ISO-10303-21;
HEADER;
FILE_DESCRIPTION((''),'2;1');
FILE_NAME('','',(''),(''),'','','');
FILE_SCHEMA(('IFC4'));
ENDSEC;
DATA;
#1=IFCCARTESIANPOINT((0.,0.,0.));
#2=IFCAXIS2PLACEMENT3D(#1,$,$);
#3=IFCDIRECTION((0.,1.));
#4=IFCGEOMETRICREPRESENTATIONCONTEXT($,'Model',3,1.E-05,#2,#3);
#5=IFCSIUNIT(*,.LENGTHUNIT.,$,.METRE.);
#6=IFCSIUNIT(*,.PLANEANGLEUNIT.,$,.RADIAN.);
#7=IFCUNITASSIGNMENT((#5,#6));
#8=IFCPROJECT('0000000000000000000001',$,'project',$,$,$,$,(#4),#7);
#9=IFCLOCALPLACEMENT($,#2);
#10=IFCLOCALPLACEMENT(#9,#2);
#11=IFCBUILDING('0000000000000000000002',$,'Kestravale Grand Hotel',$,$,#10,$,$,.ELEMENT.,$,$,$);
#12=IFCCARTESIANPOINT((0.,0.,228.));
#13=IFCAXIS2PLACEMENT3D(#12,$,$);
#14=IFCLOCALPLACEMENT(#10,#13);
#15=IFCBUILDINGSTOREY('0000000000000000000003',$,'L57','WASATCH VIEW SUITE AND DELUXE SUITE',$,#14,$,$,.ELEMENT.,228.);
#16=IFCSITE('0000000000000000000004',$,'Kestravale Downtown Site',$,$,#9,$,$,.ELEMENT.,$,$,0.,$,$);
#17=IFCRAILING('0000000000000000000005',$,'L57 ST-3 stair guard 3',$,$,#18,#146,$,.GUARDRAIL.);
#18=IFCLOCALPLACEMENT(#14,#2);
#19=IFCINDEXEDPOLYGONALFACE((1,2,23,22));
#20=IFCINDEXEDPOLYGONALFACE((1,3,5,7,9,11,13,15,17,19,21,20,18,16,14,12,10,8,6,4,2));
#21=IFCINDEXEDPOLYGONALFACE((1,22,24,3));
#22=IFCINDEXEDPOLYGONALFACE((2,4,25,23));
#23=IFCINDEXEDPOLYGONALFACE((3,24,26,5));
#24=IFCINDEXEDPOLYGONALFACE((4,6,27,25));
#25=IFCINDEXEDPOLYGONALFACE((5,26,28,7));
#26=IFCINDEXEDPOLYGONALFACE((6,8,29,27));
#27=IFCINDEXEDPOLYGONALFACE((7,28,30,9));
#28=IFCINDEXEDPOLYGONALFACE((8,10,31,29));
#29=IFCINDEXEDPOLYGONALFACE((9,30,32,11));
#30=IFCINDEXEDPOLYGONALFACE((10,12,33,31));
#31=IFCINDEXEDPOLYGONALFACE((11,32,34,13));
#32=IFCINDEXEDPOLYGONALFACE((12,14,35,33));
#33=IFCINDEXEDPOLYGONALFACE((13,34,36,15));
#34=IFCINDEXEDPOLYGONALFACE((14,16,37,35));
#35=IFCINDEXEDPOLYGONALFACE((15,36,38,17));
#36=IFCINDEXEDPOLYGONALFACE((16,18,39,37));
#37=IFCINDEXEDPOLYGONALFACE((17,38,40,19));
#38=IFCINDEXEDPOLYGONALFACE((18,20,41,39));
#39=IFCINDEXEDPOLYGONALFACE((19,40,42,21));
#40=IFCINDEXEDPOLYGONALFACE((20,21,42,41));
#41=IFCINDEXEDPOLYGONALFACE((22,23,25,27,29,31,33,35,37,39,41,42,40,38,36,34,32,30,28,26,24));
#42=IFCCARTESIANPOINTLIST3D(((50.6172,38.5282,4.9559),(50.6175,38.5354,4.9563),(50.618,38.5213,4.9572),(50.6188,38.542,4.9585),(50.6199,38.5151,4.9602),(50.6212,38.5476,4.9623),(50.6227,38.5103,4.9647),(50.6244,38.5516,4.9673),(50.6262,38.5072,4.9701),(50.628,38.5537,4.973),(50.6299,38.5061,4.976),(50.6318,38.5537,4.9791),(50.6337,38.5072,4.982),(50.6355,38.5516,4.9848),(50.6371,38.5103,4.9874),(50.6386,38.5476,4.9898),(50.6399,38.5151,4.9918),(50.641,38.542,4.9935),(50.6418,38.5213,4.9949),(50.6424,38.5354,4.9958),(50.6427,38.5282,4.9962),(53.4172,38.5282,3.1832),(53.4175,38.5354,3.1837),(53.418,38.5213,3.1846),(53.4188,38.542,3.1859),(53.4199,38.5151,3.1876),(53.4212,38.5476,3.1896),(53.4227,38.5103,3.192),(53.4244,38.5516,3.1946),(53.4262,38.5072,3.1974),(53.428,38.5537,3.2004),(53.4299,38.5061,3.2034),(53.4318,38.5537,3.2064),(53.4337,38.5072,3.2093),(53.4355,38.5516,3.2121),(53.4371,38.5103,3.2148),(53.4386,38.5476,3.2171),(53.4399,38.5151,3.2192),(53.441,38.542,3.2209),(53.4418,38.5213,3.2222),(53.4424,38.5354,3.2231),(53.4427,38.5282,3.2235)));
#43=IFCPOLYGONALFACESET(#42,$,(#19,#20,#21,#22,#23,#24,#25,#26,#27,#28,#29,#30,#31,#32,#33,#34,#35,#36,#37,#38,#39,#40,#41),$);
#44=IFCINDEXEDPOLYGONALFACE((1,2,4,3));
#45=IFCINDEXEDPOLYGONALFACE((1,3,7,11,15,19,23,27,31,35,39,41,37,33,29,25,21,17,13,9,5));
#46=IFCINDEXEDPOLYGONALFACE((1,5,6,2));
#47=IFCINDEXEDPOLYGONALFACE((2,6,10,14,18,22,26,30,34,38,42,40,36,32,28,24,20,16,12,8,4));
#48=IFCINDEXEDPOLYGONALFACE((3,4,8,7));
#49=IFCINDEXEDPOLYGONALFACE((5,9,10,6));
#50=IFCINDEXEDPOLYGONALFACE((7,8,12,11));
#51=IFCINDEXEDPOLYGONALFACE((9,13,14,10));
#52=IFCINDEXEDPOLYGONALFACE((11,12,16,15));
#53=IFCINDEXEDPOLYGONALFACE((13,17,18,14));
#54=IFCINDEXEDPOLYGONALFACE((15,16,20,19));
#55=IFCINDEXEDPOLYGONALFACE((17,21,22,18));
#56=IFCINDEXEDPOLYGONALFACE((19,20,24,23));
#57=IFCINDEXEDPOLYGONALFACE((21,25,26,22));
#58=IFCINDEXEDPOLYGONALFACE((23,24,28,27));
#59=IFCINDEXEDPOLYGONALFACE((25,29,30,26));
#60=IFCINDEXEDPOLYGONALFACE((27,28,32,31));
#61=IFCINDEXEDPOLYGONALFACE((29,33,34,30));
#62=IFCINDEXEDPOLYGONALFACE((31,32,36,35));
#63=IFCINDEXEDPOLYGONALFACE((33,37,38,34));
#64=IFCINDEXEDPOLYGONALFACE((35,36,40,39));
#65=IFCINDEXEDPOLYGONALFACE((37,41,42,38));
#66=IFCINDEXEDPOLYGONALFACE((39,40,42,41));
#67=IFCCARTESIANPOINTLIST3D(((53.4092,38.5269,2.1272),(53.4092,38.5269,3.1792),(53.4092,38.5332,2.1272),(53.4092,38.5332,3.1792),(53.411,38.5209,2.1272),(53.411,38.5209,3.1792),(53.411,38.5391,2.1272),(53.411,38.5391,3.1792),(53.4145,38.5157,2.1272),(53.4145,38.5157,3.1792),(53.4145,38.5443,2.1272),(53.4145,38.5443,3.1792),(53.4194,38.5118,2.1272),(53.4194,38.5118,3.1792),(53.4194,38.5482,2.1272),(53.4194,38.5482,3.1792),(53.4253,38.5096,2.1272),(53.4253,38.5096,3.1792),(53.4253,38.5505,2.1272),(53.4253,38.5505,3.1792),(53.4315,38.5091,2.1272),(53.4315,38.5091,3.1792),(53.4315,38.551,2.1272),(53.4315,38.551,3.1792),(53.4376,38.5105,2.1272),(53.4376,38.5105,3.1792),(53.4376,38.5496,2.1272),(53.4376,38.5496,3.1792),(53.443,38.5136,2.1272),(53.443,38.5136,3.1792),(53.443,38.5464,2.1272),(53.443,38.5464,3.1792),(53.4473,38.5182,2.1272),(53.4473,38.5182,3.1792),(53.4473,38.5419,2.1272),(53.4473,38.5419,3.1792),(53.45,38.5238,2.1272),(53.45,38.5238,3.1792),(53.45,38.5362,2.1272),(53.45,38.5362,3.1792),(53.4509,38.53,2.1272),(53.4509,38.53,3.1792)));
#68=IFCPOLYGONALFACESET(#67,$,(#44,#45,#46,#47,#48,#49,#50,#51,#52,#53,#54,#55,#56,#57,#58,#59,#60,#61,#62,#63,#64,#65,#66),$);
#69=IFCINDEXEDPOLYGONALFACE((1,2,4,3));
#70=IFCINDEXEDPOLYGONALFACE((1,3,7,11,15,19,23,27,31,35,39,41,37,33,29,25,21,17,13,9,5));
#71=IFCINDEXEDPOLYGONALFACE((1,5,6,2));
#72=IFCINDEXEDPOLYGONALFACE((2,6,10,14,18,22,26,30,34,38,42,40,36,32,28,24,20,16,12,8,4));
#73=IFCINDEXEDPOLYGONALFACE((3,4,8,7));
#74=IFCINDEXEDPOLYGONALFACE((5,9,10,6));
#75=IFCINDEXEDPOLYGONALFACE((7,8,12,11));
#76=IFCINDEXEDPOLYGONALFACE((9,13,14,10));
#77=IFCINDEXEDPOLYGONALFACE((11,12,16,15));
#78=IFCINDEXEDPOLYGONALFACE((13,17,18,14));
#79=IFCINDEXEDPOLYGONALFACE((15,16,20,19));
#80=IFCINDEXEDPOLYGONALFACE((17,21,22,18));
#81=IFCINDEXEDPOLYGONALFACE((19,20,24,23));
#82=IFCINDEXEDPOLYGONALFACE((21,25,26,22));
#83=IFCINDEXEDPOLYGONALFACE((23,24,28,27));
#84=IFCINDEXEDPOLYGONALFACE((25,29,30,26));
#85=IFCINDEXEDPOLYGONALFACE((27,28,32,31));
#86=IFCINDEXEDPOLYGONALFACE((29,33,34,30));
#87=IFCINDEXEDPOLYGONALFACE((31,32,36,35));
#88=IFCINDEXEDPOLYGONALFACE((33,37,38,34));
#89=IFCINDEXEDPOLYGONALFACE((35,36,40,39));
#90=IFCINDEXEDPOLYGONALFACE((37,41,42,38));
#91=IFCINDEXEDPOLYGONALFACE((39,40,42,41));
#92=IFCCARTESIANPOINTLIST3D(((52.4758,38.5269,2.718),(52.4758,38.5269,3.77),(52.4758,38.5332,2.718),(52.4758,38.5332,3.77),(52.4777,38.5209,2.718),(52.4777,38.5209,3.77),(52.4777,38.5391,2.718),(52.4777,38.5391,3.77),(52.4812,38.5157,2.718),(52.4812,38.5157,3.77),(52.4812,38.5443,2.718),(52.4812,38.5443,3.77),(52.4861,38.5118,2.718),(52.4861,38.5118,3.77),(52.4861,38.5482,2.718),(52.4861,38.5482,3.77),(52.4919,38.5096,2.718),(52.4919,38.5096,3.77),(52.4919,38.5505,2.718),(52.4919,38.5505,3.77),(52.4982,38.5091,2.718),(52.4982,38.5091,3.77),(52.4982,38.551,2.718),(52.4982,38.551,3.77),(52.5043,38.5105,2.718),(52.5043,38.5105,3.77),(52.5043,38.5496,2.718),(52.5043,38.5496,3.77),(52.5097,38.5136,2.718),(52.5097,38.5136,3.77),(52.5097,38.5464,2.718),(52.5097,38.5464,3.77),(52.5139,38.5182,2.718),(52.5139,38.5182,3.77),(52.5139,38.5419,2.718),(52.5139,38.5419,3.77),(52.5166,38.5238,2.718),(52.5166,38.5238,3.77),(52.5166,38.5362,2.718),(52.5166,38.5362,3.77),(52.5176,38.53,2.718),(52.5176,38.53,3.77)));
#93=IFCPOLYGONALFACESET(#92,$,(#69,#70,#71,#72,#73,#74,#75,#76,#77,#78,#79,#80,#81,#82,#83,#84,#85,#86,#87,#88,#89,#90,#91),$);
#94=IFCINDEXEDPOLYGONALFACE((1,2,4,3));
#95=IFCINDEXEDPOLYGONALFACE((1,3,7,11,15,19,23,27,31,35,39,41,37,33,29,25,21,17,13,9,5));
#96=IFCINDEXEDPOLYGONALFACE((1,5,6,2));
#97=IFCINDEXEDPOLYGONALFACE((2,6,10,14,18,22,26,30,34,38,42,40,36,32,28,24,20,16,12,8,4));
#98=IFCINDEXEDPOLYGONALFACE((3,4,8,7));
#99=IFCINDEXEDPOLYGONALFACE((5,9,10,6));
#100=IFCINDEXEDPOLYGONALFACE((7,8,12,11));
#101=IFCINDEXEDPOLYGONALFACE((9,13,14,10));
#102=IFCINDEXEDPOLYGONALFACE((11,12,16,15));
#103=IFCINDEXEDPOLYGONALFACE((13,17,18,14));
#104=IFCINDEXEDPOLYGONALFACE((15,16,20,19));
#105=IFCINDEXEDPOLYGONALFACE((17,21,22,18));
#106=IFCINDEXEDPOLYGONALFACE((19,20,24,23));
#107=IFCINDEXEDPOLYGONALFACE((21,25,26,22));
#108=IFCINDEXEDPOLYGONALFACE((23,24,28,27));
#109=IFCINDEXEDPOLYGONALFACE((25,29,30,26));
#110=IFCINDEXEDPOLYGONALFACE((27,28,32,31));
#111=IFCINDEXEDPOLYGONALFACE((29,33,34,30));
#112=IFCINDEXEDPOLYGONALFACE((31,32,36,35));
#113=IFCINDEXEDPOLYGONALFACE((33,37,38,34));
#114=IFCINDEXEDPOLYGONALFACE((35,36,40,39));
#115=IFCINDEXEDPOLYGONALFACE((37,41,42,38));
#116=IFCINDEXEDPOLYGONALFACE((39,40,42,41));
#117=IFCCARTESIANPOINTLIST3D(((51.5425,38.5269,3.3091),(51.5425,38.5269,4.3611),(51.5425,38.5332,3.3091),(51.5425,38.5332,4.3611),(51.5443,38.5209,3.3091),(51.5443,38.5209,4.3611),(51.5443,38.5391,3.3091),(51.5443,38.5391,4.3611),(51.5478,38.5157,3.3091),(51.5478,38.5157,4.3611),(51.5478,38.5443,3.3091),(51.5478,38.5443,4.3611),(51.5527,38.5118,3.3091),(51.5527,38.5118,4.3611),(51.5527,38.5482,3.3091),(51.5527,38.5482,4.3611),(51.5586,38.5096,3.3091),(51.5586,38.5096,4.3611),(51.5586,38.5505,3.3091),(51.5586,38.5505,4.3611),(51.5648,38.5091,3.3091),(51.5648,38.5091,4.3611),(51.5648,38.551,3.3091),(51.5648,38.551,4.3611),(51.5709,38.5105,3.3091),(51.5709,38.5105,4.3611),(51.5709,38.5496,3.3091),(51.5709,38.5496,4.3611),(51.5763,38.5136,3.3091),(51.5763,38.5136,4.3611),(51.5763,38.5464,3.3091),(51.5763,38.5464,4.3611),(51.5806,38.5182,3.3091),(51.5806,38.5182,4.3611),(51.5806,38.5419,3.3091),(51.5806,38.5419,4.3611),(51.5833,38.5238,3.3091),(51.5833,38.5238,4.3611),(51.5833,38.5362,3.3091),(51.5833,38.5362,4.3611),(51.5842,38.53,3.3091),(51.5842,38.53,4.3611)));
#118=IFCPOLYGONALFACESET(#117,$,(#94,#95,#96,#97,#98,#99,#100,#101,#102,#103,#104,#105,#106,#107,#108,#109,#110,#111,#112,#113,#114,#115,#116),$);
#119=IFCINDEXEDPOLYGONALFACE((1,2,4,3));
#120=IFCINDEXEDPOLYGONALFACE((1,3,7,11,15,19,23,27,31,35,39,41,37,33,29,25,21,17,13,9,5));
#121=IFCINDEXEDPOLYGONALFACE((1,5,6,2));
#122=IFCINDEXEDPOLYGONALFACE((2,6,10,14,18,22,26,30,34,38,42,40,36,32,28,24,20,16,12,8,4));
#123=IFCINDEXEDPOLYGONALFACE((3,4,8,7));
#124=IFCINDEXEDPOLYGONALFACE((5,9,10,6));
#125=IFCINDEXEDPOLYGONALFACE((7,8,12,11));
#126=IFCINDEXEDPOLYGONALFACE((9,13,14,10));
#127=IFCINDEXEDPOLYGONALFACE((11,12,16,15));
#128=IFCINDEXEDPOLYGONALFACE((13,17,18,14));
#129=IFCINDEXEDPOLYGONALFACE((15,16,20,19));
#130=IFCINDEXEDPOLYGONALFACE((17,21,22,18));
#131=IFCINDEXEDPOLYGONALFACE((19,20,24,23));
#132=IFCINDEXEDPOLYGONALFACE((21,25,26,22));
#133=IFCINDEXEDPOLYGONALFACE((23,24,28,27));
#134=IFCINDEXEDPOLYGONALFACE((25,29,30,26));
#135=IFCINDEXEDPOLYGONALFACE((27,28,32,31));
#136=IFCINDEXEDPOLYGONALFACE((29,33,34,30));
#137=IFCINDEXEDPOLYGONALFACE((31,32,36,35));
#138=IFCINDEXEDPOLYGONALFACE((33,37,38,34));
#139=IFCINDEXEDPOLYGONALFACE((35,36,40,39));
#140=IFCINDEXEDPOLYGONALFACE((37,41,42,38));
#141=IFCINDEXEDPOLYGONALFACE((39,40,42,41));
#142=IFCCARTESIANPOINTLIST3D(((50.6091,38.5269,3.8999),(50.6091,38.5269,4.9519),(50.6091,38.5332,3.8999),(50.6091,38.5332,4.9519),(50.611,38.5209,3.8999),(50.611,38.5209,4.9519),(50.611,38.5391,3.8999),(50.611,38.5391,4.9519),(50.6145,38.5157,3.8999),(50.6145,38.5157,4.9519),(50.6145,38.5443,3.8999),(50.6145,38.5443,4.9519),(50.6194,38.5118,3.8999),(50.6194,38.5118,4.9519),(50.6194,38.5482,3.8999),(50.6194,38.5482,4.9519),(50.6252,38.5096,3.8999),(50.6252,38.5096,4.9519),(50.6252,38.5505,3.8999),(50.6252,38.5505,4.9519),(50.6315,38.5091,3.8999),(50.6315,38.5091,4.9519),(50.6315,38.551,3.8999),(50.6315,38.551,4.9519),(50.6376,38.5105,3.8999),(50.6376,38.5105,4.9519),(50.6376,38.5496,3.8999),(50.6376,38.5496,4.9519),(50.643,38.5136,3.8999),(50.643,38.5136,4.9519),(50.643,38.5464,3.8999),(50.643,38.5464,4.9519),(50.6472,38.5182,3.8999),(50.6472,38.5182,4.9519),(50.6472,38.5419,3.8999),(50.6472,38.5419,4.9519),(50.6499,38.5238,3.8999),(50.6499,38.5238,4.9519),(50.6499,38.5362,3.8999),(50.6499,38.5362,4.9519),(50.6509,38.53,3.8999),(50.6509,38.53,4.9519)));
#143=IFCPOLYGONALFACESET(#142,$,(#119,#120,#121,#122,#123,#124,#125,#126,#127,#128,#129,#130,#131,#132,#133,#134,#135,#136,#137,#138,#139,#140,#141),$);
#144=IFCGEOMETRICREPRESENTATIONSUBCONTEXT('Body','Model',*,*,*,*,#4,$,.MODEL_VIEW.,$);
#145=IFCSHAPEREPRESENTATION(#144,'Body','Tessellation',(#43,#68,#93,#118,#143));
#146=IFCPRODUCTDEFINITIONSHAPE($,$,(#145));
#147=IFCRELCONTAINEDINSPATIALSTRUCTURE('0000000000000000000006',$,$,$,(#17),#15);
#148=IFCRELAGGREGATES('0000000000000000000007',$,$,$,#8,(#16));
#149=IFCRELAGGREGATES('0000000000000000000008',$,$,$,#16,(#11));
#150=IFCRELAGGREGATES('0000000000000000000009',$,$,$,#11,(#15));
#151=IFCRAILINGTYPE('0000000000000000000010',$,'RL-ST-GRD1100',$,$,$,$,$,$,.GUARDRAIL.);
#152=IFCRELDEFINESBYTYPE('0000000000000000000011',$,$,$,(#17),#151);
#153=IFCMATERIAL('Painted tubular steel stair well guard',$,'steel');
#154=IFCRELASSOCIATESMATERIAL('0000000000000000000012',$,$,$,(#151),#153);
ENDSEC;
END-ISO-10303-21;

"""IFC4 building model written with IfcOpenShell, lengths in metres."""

from ifc_helpers import new_model, si_unit, direction, frame, origin, origin_2d, place, context, subcontext, project, spatial, circle, extrude, material, type_object, element, save


model = new_model("IFC4")

# Units and contexts
model_context = context("Model", 3, precision=1e-05, world=origin(), true_north=direction((0.0, 1.0)))
body_context = subcontext(model_context, "Body", "Model", "MODEL_VIEW")
ifc_project = project(units=[si_unit("LENGTHUNIT", "METRE"), si_unit("PLANEANGLEUNIT", "RADIAN")], contexts=[model_context])

# Site, building, storey
site_placement = place(None, origin())
site = spatial("IfcSite", under=ifc_project, at=site_placement, Name="Kestravale Downtown Site", CompositionType="ELEMENT", RefElevation=0.0)
building_placement = place(site_placement, origin())
building = spatial("IfcBuilding", under=site, at=building_placement, Name="Kestravale Grand Hotel", CompositionType="ELEMENT")
storey_placement = place(building_placement, frame((0.0, 0.0, 228.0)))
storey = spatial("IfcBuildingStorey", under=building, at=storey_placement, Name="L57", Description="WASATCH VIEW SUITE AND DELUXE SUITE", CompositionType="ELEMENT", Elevation=228.0)

# Railing
ifc_material_1 = material(Name="Painted tubular steel stair well guard", Category="steel")
railing_type_1 = type_object("IfcRailingType", Name="RL-ST-GRD1100", PredefinedType="GUARDRAIL", material=ifc_material_1)
railing_1_placement = place(storey_placement, frame((53.4299, 38.53, 2.1272)))
element("IfcRailing", 1, at=railing_1_placement, inside=storey, type_object=railing_type_1, Name="L57 ST-3 stair guard 3", PredefinedType="GUARDRAIL", context=body_context, shape_type="SweptSolid", body=[
    extrude(circle(Radius=0.0239, at=origin_2d()), frame((0.0, 0.0, 1.0762), z_axis=(-0.844909, 0.0, 0.53491), x_axis=(0.0, -1.0, 0.0)), (0.0, 0.0, 1.0), 3.314),
    extrude(circle(Radius=0.021, at=origin_2d()), origin(), (0.0, 0.0, 1.0), 1.052),
    extrude(circle(Radius=0.021, at=origin_2d()), frame((-0.9333, 0.0, 0.5908)), (0.0, 0.0, 1.0), 1.052),
    extrude(circle(Radius=0.021, at=origin_2d()), frame((-1.8667, 0.0, 1.1819)), (0.0, 0.0, 1.0), 1.052),
    extrude(circle(Radius=0.021, at=origin_2d()), frame((-2.8, 0.0, 1.7727)), (0.0, 0.0, 1.0), 1.052),
])

save(model, "model.ifc")
